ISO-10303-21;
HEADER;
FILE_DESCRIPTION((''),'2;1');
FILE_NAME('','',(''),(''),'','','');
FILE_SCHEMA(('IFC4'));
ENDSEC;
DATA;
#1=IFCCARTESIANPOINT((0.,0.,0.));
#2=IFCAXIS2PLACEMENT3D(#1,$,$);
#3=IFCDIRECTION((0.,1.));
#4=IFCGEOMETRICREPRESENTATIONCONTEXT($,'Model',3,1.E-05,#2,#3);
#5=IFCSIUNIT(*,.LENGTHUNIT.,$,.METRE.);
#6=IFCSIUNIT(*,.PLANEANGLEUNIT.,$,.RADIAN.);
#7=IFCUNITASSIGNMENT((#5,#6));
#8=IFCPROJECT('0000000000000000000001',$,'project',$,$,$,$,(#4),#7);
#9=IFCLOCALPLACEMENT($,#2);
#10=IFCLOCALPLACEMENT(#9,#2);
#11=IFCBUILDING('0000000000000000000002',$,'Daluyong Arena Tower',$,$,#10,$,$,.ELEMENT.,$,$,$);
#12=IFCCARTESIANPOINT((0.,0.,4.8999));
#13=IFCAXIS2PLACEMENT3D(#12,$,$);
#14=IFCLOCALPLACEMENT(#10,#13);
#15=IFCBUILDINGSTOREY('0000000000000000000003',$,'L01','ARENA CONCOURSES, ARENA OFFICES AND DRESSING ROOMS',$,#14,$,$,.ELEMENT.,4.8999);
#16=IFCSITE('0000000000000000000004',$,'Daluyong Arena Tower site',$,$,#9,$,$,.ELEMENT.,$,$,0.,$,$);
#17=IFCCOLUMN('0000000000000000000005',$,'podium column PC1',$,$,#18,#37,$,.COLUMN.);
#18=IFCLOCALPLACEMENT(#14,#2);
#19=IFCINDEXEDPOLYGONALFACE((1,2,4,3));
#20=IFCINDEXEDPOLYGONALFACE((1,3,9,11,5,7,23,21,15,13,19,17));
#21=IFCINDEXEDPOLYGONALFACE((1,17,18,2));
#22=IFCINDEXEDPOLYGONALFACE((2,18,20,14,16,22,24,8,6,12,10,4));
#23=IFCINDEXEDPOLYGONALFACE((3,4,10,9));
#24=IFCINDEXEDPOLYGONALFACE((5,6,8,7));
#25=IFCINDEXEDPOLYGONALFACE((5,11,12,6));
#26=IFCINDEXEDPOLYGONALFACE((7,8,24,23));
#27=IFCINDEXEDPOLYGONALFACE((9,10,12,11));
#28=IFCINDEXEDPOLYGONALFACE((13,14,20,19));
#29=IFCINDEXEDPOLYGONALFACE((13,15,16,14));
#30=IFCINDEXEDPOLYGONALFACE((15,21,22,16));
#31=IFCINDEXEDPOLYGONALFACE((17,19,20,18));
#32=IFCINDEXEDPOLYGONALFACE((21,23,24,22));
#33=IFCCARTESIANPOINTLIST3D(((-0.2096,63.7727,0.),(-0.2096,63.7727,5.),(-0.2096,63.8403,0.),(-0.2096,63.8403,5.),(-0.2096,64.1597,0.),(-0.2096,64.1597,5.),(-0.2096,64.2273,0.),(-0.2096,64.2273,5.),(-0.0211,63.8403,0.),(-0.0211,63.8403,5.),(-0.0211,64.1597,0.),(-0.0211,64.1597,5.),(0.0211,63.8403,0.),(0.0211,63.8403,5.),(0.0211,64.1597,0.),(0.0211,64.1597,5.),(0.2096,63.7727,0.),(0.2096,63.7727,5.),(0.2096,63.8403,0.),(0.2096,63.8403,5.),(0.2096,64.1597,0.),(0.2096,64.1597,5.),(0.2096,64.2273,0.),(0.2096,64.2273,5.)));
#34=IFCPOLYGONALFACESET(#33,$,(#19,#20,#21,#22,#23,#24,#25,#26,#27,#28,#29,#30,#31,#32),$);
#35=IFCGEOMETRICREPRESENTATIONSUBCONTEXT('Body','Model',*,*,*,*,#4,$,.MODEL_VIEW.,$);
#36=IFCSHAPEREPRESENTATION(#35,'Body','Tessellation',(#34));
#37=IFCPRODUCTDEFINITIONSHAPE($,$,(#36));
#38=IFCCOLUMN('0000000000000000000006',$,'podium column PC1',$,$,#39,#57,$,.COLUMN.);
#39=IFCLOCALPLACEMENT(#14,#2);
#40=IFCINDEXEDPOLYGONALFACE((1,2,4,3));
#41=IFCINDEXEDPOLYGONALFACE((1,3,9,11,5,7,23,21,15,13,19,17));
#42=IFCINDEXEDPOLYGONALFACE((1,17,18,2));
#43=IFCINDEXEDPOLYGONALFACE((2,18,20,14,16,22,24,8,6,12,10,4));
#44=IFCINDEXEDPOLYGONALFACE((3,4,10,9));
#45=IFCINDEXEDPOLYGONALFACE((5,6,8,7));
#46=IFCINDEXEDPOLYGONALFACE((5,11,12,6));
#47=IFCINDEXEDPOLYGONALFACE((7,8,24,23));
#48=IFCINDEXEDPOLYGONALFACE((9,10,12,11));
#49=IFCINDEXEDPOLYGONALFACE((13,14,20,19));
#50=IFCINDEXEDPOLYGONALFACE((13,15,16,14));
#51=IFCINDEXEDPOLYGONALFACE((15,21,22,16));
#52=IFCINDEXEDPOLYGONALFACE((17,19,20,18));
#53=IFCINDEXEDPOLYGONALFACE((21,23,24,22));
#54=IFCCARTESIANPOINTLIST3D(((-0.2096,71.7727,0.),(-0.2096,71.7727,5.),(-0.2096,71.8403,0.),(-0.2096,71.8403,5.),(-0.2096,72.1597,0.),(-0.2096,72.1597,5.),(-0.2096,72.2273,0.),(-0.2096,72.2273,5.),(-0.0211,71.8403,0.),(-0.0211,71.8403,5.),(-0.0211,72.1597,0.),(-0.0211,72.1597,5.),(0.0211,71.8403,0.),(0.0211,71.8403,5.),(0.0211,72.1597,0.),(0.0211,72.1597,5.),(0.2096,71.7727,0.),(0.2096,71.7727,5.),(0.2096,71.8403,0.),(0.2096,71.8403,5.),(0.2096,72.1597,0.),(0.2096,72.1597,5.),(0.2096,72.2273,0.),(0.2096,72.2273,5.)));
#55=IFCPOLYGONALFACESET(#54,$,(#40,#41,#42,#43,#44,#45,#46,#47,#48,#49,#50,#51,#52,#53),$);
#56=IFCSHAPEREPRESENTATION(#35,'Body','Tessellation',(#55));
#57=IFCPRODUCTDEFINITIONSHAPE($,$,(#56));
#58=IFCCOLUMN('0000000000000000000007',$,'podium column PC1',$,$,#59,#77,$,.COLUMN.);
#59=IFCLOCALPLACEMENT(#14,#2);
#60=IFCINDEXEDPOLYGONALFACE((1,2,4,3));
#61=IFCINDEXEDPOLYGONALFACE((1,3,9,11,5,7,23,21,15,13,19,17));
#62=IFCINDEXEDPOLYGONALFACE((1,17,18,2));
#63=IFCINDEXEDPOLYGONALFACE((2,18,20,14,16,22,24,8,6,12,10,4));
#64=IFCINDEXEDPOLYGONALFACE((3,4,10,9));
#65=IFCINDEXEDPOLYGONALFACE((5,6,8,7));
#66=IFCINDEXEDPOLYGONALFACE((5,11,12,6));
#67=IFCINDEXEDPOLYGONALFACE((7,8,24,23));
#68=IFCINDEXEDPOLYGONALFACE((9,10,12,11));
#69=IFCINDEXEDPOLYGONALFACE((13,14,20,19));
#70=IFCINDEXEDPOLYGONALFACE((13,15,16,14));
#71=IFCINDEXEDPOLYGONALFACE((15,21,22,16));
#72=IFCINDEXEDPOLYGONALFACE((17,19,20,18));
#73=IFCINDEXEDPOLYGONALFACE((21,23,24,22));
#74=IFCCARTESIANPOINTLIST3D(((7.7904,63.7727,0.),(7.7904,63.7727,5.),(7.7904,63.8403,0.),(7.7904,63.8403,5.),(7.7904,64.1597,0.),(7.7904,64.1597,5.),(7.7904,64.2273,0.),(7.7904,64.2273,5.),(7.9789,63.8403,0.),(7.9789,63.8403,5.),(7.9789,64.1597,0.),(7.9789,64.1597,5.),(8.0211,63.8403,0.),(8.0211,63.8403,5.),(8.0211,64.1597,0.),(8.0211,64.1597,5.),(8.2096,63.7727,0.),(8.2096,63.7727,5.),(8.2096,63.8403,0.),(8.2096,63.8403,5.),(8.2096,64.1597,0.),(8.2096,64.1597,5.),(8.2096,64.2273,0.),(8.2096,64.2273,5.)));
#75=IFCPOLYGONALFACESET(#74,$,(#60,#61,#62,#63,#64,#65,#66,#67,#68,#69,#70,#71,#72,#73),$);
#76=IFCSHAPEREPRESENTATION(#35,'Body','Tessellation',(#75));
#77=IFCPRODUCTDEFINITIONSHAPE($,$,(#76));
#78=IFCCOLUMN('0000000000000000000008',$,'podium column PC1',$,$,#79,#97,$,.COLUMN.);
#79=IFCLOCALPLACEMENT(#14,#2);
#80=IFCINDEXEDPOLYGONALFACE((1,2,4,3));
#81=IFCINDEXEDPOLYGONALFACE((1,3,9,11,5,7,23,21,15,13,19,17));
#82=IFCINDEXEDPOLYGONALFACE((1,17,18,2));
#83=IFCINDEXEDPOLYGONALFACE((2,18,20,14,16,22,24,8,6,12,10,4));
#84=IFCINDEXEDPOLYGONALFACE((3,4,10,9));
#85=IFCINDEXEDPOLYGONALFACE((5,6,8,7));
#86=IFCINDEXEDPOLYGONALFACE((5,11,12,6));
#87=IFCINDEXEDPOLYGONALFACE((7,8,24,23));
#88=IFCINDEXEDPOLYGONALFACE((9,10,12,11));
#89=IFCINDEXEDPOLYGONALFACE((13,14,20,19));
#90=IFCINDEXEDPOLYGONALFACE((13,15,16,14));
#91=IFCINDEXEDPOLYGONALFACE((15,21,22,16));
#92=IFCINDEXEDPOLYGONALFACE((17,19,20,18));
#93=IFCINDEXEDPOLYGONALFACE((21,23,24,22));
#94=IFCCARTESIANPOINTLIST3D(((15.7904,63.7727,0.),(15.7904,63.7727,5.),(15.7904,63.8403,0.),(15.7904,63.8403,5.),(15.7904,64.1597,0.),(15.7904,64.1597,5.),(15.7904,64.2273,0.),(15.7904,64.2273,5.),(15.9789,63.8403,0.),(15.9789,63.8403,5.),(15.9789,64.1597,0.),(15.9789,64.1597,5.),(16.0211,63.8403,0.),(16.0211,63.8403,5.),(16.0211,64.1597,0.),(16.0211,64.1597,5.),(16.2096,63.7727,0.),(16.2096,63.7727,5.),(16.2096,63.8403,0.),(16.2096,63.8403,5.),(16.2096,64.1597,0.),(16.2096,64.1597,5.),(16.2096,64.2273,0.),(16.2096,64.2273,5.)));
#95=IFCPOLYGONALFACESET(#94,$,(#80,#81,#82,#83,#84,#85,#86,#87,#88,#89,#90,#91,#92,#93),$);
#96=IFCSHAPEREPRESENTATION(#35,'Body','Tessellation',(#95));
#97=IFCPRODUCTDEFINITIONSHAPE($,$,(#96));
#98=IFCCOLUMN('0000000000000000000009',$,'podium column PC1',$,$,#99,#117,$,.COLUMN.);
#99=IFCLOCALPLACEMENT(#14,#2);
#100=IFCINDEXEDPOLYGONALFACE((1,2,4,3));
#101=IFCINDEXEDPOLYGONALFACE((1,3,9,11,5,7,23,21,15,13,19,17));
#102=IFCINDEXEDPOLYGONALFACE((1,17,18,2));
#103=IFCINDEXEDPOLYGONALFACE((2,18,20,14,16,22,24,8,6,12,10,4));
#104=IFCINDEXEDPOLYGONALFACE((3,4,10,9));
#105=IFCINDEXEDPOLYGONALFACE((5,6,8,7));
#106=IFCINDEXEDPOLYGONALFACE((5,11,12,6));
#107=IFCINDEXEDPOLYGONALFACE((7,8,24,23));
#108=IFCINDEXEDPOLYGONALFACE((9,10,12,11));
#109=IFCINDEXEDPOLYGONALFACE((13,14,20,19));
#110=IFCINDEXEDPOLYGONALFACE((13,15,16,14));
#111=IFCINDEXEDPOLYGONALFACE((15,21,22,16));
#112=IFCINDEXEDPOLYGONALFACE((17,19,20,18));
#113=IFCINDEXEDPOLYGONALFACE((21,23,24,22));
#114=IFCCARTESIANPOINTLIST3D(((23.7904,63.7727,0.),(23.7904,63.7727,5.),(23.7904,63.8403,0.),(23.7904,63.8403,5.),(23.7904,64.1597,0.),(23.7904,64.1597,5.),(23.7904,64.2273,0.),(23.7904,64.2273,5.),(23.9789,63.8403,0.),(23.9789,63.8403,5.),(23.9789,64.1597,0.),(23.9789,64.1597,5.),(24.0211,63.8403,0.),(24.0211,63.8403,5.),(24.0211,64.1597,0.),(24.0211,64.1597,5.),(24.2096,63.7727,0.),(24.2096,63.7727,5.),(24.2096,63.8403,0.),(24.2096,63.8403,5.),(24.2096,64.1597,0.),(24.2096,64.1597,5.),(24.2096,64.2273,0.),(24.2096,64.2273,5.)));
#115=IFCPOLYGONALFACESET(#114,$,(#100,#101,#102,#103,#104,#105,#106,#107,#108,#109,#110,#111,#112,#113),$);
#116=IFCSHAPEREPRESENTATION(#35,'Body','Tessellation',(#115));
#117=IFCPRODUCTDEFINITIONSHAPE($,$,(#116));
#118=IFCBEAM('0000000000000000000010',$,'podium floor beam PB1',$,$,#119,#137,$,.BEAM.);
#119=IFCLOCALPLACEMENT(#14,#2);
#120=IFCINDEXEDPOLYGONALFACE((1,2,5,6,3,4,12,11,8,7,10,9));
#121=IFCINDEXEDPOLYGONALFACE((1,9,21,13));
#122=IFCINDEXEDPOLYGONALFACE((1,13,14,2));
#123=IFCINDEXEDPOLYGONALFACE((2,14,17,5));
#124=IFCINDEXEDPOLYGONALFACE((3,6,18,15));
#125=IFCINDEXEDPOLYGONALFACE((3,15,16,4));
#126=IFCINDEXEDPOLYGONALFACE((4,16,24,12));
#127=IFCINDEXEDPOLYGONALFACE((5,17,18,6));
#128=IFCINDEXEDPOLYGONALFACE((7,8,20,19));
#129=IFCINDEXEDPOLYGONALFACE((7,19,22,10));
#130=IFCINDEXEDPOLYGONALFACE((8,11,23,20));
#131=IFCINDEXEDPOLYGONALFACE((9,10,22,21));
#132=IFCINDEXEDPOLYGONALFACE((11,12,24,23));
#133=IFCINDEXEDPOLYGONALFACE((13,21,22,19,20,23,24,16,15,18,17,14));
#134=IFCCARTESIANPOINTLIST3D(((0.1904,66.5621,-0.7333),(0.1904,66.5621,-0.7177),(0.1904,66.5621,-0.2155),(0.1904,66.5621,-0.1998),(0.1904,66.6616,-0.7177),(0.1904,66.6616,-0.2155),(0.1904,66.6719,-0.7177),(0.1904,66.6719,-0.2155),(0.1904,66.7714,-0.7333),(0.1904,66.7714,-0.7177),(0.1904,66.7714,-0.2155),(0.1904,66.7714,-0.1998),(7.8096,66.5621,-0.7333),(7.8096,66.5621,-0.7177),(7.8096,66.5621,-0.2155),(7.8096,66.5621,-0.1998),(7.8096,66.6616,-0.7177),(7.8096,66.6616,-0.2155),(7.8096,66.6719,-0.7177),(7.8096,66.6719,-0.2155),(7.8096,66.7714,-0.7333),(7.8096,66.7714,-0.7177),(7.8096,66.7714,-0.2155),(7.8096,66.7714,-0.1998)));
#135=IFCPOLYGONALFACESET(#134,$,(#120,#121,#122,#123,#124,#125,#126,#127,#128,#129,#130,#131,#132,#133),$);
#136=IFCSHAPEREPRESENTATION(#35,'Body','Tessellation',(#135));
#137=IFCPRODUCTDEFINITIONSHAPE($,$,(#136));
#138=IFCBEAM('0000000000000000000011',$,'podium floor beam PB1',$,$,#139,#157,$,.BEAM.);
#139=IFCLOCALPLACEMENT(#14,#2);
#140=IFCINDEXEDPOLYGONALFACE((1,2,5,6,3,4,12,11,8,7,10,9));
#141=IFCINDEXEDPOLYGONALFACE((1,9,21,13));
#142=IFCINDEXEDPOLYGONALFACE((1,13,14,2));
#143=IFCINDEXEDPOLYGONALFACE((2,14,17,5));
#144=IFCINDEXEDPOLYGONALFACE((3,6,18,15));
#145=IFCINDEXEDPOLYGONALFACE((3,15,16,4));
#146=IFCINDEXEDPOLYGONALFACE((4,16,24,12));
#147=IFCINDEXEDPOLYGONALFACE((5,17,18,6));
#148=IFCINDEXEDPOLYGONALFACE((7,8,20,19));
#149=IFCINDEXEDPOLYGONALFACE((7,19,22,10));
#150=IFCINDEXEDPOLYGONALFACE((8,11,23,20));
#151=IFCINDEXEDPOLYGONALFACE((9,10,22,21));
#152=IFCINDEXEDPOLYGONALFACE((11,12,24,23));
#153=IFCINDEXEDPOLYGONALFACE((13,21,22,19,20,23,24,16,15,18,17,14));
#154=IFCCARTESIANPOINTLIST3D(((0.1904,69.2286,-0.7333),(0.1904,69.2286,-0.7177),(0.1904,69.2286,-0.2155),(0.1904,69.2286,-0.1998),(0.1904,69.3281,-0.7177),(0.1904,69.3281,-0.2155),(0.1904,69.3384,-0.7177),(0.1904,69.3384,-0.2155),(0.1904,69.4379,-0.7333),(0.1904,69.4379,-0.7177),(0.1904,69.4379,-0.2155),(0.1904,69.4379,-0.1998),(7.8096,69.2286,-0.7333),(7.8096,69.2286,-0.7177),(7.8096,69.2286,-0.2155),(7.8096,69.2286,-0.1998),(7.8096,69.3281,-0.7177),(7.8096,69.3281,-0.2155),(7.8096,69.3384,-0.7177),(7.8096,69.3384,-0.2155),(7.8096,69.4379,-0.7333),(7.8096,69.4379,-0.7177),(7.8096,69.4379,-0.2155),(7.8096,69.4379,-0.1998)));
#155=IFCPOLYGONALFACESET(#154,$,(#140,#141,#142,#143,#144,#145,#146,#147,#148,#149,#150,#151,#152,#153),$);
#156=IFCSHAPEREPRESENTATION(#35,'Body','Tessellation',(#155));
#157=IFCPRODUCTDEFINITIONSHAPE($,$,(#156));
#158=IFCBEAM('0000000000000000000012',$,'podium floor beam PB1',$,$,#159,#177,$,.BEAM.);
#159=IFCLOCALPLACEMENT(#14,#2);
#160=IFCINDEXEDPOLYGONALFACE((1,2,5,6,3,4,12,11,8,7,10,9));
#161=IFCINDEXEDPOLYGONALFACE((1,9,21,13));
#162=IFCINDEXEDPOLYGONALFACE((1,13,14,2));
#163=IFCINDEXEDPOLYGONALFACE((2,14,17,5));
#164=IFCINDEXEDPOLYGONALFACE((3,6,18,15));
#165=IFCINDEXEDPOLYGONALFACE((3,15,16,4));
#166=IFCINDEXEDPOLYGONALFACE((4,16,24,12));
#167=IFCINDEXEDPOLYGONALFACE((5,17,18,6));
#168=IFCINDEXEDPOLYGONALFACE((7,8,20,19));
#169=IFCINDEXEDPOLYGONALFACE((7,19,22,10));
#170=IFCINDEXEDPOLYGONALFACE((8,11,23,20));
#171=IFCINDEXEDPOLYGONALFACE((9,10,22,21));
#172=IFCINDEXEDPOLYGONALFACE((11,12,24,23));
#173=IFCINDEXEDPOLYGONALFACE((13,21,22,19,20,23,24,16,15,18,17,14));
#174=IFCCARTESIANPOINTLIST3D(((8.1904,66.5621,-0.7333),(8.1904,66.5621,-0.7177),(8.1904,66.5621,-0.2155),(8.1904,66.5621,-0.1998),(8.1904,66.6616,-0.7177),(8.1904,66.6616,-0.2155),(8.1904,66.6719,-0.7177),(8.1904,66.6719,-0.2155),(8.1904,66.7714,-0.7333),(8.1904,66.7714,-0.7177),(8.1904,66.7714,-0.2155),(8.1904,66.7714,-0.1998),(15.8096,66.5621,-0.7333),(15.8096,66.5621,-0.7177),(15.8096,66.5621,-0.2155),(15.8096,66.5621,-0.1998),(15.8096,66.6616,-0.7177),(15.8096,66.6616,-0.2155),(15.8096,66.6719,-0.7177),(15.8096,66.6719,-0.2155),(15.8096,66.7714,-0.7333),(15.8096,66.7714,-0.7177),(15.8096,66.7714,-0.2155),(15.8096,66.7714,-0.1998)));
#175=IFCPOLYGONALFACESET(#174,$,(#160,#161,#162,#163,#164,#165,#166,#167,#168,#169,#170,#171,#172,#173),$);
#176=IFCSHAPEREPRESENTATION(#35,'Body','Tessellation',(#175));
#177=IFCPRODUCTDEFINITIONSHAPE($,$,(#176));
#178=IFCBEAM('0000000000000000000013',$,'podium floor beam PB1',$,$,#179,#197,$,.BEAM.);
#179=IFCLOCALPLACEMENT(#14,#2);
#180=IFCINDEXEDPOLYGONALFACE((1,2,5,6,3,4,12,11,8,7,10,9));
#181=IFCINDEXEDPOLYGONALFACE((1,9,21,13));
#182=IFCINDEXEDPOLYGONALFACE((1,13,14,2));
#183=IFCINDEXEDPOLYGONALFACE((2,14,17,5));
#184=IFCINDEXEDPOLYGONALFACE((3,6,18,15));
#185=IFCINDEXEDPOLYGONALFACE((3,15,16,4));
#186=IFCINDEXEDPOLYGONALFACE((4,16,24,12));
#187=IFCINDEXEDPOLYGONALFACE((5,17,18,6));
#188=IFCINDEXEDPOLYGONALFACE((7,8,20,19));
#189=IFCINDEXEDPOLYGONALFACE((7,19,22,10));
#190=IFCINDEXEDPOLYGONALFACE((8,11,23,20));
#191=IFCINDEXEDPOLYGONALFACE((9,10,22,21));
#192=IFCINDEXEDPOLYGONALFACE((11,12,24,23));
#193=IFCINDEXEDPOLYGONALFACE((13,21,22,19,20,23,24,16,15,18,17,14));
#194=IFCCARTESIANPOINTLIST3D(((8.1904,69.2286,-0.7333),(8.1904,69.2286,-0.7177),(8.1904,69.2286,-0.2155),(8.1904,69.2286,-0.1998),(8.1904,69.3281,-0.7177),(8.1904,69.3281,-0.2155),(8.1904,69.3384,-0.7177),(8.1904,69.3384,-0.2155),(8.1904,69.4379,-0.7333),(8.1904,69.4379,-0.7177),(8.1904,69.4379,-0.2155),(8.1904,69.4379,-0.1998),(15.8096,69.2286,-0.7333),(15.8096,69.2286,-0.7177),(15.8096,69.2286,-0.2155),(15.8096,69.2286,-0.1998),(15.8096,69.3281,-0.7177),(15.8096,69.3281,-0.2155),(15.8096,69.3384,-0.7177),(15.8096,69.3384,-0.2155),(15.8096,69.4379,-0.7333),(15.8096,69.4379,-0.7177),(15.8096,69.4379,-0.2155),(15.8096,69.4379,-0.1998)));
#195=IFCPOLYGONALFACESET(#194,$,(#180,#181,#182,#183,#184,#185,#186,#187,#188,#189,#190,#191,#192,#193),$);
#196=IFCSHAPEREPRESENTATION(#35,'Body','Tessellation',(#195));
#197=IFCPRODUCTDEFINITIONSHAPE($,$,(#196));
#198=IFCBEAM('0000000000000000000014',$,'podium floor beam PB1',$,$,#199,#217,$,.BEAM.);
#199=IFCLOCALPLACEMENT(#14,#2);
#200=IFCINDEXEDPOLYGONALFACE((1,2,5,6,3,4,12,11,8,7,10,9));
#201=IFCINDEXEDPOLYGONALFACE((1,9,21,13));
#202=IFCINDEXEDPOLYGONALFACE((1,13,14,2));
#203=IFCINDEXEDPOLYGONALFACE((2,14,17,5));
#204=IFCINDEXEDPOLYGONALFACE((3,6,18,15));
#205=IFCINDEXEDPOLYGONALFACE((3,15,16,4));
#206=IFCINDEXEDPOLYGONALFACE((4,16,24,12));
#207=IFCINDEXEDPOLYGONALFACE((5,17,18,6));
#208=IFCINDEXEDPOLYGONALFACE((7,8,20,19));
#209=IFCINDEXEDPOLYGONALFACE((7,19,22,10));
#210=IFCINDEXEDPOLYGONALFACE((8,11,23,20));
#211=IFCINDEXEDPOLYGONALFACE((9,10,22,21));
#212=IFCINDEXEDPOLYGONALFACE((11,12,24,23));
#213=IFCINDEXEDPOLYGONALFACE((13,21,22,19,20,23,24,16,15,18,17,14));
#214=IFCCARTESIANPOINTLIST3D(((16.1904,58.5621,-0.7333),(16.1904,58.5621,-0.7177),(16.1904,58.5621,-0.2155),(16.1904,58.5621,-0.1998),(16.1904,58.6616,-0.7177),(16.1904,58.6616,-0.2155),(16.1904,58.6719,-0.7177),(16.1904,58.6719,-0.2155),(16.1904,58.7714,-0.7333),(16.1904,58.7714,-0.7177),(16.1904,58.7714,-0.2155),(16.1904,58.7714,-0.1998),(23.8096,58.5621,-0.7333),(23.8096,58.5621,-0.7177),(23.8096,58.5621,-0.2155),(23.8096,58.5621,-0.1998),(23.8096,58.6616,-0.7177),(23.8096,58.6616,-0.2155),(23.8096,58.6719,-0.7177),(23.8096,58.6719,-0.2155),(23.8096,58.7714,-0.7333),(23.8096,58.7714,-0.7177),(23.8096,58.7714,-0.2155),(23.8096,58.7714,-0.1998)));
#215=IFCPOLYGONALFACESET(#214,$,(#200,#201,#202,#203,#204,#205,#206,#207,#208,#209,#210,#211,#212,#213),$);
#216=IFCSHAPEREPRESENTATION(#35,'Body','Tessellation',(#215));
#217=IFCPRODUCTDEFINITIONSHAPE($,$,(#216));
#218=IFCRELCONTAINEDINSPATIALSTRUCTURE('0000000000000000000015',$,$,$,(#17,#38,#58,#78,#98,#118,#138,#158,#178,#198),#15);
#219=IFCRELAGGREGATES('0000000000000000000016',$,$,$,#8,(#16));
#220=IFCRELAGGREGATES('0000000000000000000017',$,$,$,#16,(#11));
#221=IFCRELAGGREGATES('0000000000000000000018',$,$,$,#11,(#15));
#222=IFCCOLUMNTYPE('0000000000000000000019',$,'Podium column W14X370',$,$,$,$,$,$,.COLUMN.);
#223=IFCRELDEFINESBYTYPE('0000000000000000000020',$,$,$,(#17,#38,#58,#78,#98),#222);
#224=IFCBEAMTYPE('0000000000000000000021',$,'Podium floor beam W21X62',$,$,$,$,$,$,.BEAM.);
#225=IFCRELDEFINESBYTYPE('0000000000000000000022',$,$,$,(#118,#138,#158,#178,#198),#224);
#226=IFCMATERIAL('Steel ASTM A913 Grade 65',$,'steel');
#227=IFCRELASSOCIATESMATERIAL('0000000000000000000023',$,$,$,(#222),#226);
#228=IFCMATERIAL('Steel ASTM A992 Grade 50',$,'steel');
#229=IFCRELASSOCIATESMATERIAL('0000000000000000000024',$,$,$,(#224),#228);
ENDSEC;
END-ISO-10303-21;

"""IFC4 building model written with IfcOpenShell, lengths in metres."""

from ifc_helpers import new_model, si_unit, direction, frame, origin, origin_2d, place, context, subcontext, project, spatial, i_section, extrude, material, material_profile, profile_set, type_object, element, save


model = new_model("IFC4")

# Units and contexts
model_context = context("Model", 3, precision=1e-05, world=origin(), true_north=direction((0.0, 1.0)))
body_context = subcontext(model_context, "Body", "Model", "MODEL_VIEW")
ifc_project = project(units=[si_unit("LENGTHUNIT", "METRE"), si_unit("PLANEANGLEUNIT", "RADIAN")], contexts=[model_context])

# Site, building, storey
site_placement = place(None, origin())
site = spatial("IfcSite", under=ifc_project, at=site_placement, Name="Daluyong Arena Tower site", CompositionType="ELEMENT", RefElevation=0.0)
building_placement = place(site_placement, origin())
building = spatial("IfcBuilding", under=site, at=building_placement, Name="Daluyong Arena Tower", CompositionType="ELEMENT")
storey_placement = place(building_placement, frame((0.0, 0.0, 4.8999)))
storey = spatial("IfcBuildingStorey", under=building, at=storey_placement, Name="L01", Description="ARENA CONCOURSES, ARENA OFFICES AND DRESSING ROOMS", CompositionType="ELEMENT", Elevation=4.8999)

# Columns
ifc_material_1 = material(Name="Steel ASTM A913 Grade 65", Category="steel")
ifc_material_profile_1 = material_profile(ifc_material_1, i_section(OverallWidth=0.4192, OverallDepth=0.4546, WebThickness=0.0422, FlangeThickness=0.0676, at=origin_2d()))
ifc_profile_set_1 = profile_set([ifc_material_profile_1], Name="Steel ASTM A913 Grade 65")
column_type = type_object("IfcColumnType", Name="Podium column W14X370", PredefinedType="COLUMN", material=ifc_profile_set_1)
for number, where, z_axis, x_axis, name in (
    (1, (0.0, 64.0, 0.0), (0.0, 0.0, 1.0), (1.0, 0.0, 0.0), "podium column PC1"),
    (2, (0.0, 72.0, 0.0), (0.0, 0.0, 1.0), (1.0, 0.0, 0.0), "podium column PC1"),
    (3, (8.0, 64.0, 0.0), (0.0, 0.0, 1.0), (1.0, 0.0, 0.0), "podium column PC1"),
    (4, (16.0, 64.0, 0.0), (0.0, 0.0, 1.0), (1.0, 0.0, 0.0), "podium column PC1"),
    (5, (24.0, 64.0, 0.0), (0.0, 0.0, 1.0), (1.0, 0.0, 0.0), "podium column PC1"),
):
    element("IfcColumn", number, at=place(storey_placement, frame(where, z_axis=z_axis, x_axis=x_axis)), inside=storey, type_object=column_type, Name=name, PredefinedType="COLUMN", context=body_context, shape_type="SweptSolid", body=[
        extrude(i_section(OverallWidth=0.4192, OverallDepth=0.4546, WebThickness=0.0422, FlangeThickness=0.0676, at=origin_2d()), origin(), (0.0, 0.0, 1.0), 5.0),
    ])

# Beams
ifc_material_2 = material(Name="Steel ASTM A992 Grade 50", Category="steel")
ifc_material_profile_2 = material_profile(ifc_material_2, i_section(OverallWidth=0.2092, OverallDepth=0.5334, WebThickness=0.0103, FlangeThickness=0.0156, at=origin_2d()))
ifc_profile_set_2 = profile_set([ifc_material_profile_2], Name="Steel ASTM A992 Grade 50")
beam_type_1 = type_object("IfcBeamType", Name="Podium floor beam W21X62", PredefinedType="BEAM", material=ifc_profile_set_2)
for number, where, z_axis, x_axis, name in (
    (6, (0.1904, 66.6667, -0.4666), (1.0, 0.0, 0.0), (0.0, 1.0, 0.0), "podium floor beam PB1"),
    (7, (0.1904, 69.3333, -0.4666), (1.0, 0.0, 0.0), (0.0, 1.0, 0.0), "podium floor beam PB1"),
    (8, (8.1904, 66.6667, -0.4666), (1.0, 0.0, 0.0), (0.0, 1.0, 0.0), "podium floor beam PB1"),
    (9, (8.1904, 69.3333, -0.4666), (1.0, 0.0, 0.0), (0.0, 1.0, 0.0), "podium floor beam PB1"),
    (10, (16.1904, 58.6667, -0.4666), (1.0, 0.0, 0.0), (0.0, 1.0, 0.0), "podium floor beam PB1"),
):
    element("IfcBeam", number, at=place(storey_placement, frame(where, z_axis=z_axis, x_axis=x_axis)), inside=storey, type_object=beam_type_1, Name=name, PredefinedType="BEAM", context=body_context, shape_type="SweptSolid", body=[
        extrude(i_section(OverallWidth=0.2092, OverallDepth=0.5334, WebThickness=0.0103, FlangeThickness=0.0156, at=origin_2d()), origin(), (0.0, 0.0, 1.0), 7.6191),
    ])

save(model, "model.ifc")
